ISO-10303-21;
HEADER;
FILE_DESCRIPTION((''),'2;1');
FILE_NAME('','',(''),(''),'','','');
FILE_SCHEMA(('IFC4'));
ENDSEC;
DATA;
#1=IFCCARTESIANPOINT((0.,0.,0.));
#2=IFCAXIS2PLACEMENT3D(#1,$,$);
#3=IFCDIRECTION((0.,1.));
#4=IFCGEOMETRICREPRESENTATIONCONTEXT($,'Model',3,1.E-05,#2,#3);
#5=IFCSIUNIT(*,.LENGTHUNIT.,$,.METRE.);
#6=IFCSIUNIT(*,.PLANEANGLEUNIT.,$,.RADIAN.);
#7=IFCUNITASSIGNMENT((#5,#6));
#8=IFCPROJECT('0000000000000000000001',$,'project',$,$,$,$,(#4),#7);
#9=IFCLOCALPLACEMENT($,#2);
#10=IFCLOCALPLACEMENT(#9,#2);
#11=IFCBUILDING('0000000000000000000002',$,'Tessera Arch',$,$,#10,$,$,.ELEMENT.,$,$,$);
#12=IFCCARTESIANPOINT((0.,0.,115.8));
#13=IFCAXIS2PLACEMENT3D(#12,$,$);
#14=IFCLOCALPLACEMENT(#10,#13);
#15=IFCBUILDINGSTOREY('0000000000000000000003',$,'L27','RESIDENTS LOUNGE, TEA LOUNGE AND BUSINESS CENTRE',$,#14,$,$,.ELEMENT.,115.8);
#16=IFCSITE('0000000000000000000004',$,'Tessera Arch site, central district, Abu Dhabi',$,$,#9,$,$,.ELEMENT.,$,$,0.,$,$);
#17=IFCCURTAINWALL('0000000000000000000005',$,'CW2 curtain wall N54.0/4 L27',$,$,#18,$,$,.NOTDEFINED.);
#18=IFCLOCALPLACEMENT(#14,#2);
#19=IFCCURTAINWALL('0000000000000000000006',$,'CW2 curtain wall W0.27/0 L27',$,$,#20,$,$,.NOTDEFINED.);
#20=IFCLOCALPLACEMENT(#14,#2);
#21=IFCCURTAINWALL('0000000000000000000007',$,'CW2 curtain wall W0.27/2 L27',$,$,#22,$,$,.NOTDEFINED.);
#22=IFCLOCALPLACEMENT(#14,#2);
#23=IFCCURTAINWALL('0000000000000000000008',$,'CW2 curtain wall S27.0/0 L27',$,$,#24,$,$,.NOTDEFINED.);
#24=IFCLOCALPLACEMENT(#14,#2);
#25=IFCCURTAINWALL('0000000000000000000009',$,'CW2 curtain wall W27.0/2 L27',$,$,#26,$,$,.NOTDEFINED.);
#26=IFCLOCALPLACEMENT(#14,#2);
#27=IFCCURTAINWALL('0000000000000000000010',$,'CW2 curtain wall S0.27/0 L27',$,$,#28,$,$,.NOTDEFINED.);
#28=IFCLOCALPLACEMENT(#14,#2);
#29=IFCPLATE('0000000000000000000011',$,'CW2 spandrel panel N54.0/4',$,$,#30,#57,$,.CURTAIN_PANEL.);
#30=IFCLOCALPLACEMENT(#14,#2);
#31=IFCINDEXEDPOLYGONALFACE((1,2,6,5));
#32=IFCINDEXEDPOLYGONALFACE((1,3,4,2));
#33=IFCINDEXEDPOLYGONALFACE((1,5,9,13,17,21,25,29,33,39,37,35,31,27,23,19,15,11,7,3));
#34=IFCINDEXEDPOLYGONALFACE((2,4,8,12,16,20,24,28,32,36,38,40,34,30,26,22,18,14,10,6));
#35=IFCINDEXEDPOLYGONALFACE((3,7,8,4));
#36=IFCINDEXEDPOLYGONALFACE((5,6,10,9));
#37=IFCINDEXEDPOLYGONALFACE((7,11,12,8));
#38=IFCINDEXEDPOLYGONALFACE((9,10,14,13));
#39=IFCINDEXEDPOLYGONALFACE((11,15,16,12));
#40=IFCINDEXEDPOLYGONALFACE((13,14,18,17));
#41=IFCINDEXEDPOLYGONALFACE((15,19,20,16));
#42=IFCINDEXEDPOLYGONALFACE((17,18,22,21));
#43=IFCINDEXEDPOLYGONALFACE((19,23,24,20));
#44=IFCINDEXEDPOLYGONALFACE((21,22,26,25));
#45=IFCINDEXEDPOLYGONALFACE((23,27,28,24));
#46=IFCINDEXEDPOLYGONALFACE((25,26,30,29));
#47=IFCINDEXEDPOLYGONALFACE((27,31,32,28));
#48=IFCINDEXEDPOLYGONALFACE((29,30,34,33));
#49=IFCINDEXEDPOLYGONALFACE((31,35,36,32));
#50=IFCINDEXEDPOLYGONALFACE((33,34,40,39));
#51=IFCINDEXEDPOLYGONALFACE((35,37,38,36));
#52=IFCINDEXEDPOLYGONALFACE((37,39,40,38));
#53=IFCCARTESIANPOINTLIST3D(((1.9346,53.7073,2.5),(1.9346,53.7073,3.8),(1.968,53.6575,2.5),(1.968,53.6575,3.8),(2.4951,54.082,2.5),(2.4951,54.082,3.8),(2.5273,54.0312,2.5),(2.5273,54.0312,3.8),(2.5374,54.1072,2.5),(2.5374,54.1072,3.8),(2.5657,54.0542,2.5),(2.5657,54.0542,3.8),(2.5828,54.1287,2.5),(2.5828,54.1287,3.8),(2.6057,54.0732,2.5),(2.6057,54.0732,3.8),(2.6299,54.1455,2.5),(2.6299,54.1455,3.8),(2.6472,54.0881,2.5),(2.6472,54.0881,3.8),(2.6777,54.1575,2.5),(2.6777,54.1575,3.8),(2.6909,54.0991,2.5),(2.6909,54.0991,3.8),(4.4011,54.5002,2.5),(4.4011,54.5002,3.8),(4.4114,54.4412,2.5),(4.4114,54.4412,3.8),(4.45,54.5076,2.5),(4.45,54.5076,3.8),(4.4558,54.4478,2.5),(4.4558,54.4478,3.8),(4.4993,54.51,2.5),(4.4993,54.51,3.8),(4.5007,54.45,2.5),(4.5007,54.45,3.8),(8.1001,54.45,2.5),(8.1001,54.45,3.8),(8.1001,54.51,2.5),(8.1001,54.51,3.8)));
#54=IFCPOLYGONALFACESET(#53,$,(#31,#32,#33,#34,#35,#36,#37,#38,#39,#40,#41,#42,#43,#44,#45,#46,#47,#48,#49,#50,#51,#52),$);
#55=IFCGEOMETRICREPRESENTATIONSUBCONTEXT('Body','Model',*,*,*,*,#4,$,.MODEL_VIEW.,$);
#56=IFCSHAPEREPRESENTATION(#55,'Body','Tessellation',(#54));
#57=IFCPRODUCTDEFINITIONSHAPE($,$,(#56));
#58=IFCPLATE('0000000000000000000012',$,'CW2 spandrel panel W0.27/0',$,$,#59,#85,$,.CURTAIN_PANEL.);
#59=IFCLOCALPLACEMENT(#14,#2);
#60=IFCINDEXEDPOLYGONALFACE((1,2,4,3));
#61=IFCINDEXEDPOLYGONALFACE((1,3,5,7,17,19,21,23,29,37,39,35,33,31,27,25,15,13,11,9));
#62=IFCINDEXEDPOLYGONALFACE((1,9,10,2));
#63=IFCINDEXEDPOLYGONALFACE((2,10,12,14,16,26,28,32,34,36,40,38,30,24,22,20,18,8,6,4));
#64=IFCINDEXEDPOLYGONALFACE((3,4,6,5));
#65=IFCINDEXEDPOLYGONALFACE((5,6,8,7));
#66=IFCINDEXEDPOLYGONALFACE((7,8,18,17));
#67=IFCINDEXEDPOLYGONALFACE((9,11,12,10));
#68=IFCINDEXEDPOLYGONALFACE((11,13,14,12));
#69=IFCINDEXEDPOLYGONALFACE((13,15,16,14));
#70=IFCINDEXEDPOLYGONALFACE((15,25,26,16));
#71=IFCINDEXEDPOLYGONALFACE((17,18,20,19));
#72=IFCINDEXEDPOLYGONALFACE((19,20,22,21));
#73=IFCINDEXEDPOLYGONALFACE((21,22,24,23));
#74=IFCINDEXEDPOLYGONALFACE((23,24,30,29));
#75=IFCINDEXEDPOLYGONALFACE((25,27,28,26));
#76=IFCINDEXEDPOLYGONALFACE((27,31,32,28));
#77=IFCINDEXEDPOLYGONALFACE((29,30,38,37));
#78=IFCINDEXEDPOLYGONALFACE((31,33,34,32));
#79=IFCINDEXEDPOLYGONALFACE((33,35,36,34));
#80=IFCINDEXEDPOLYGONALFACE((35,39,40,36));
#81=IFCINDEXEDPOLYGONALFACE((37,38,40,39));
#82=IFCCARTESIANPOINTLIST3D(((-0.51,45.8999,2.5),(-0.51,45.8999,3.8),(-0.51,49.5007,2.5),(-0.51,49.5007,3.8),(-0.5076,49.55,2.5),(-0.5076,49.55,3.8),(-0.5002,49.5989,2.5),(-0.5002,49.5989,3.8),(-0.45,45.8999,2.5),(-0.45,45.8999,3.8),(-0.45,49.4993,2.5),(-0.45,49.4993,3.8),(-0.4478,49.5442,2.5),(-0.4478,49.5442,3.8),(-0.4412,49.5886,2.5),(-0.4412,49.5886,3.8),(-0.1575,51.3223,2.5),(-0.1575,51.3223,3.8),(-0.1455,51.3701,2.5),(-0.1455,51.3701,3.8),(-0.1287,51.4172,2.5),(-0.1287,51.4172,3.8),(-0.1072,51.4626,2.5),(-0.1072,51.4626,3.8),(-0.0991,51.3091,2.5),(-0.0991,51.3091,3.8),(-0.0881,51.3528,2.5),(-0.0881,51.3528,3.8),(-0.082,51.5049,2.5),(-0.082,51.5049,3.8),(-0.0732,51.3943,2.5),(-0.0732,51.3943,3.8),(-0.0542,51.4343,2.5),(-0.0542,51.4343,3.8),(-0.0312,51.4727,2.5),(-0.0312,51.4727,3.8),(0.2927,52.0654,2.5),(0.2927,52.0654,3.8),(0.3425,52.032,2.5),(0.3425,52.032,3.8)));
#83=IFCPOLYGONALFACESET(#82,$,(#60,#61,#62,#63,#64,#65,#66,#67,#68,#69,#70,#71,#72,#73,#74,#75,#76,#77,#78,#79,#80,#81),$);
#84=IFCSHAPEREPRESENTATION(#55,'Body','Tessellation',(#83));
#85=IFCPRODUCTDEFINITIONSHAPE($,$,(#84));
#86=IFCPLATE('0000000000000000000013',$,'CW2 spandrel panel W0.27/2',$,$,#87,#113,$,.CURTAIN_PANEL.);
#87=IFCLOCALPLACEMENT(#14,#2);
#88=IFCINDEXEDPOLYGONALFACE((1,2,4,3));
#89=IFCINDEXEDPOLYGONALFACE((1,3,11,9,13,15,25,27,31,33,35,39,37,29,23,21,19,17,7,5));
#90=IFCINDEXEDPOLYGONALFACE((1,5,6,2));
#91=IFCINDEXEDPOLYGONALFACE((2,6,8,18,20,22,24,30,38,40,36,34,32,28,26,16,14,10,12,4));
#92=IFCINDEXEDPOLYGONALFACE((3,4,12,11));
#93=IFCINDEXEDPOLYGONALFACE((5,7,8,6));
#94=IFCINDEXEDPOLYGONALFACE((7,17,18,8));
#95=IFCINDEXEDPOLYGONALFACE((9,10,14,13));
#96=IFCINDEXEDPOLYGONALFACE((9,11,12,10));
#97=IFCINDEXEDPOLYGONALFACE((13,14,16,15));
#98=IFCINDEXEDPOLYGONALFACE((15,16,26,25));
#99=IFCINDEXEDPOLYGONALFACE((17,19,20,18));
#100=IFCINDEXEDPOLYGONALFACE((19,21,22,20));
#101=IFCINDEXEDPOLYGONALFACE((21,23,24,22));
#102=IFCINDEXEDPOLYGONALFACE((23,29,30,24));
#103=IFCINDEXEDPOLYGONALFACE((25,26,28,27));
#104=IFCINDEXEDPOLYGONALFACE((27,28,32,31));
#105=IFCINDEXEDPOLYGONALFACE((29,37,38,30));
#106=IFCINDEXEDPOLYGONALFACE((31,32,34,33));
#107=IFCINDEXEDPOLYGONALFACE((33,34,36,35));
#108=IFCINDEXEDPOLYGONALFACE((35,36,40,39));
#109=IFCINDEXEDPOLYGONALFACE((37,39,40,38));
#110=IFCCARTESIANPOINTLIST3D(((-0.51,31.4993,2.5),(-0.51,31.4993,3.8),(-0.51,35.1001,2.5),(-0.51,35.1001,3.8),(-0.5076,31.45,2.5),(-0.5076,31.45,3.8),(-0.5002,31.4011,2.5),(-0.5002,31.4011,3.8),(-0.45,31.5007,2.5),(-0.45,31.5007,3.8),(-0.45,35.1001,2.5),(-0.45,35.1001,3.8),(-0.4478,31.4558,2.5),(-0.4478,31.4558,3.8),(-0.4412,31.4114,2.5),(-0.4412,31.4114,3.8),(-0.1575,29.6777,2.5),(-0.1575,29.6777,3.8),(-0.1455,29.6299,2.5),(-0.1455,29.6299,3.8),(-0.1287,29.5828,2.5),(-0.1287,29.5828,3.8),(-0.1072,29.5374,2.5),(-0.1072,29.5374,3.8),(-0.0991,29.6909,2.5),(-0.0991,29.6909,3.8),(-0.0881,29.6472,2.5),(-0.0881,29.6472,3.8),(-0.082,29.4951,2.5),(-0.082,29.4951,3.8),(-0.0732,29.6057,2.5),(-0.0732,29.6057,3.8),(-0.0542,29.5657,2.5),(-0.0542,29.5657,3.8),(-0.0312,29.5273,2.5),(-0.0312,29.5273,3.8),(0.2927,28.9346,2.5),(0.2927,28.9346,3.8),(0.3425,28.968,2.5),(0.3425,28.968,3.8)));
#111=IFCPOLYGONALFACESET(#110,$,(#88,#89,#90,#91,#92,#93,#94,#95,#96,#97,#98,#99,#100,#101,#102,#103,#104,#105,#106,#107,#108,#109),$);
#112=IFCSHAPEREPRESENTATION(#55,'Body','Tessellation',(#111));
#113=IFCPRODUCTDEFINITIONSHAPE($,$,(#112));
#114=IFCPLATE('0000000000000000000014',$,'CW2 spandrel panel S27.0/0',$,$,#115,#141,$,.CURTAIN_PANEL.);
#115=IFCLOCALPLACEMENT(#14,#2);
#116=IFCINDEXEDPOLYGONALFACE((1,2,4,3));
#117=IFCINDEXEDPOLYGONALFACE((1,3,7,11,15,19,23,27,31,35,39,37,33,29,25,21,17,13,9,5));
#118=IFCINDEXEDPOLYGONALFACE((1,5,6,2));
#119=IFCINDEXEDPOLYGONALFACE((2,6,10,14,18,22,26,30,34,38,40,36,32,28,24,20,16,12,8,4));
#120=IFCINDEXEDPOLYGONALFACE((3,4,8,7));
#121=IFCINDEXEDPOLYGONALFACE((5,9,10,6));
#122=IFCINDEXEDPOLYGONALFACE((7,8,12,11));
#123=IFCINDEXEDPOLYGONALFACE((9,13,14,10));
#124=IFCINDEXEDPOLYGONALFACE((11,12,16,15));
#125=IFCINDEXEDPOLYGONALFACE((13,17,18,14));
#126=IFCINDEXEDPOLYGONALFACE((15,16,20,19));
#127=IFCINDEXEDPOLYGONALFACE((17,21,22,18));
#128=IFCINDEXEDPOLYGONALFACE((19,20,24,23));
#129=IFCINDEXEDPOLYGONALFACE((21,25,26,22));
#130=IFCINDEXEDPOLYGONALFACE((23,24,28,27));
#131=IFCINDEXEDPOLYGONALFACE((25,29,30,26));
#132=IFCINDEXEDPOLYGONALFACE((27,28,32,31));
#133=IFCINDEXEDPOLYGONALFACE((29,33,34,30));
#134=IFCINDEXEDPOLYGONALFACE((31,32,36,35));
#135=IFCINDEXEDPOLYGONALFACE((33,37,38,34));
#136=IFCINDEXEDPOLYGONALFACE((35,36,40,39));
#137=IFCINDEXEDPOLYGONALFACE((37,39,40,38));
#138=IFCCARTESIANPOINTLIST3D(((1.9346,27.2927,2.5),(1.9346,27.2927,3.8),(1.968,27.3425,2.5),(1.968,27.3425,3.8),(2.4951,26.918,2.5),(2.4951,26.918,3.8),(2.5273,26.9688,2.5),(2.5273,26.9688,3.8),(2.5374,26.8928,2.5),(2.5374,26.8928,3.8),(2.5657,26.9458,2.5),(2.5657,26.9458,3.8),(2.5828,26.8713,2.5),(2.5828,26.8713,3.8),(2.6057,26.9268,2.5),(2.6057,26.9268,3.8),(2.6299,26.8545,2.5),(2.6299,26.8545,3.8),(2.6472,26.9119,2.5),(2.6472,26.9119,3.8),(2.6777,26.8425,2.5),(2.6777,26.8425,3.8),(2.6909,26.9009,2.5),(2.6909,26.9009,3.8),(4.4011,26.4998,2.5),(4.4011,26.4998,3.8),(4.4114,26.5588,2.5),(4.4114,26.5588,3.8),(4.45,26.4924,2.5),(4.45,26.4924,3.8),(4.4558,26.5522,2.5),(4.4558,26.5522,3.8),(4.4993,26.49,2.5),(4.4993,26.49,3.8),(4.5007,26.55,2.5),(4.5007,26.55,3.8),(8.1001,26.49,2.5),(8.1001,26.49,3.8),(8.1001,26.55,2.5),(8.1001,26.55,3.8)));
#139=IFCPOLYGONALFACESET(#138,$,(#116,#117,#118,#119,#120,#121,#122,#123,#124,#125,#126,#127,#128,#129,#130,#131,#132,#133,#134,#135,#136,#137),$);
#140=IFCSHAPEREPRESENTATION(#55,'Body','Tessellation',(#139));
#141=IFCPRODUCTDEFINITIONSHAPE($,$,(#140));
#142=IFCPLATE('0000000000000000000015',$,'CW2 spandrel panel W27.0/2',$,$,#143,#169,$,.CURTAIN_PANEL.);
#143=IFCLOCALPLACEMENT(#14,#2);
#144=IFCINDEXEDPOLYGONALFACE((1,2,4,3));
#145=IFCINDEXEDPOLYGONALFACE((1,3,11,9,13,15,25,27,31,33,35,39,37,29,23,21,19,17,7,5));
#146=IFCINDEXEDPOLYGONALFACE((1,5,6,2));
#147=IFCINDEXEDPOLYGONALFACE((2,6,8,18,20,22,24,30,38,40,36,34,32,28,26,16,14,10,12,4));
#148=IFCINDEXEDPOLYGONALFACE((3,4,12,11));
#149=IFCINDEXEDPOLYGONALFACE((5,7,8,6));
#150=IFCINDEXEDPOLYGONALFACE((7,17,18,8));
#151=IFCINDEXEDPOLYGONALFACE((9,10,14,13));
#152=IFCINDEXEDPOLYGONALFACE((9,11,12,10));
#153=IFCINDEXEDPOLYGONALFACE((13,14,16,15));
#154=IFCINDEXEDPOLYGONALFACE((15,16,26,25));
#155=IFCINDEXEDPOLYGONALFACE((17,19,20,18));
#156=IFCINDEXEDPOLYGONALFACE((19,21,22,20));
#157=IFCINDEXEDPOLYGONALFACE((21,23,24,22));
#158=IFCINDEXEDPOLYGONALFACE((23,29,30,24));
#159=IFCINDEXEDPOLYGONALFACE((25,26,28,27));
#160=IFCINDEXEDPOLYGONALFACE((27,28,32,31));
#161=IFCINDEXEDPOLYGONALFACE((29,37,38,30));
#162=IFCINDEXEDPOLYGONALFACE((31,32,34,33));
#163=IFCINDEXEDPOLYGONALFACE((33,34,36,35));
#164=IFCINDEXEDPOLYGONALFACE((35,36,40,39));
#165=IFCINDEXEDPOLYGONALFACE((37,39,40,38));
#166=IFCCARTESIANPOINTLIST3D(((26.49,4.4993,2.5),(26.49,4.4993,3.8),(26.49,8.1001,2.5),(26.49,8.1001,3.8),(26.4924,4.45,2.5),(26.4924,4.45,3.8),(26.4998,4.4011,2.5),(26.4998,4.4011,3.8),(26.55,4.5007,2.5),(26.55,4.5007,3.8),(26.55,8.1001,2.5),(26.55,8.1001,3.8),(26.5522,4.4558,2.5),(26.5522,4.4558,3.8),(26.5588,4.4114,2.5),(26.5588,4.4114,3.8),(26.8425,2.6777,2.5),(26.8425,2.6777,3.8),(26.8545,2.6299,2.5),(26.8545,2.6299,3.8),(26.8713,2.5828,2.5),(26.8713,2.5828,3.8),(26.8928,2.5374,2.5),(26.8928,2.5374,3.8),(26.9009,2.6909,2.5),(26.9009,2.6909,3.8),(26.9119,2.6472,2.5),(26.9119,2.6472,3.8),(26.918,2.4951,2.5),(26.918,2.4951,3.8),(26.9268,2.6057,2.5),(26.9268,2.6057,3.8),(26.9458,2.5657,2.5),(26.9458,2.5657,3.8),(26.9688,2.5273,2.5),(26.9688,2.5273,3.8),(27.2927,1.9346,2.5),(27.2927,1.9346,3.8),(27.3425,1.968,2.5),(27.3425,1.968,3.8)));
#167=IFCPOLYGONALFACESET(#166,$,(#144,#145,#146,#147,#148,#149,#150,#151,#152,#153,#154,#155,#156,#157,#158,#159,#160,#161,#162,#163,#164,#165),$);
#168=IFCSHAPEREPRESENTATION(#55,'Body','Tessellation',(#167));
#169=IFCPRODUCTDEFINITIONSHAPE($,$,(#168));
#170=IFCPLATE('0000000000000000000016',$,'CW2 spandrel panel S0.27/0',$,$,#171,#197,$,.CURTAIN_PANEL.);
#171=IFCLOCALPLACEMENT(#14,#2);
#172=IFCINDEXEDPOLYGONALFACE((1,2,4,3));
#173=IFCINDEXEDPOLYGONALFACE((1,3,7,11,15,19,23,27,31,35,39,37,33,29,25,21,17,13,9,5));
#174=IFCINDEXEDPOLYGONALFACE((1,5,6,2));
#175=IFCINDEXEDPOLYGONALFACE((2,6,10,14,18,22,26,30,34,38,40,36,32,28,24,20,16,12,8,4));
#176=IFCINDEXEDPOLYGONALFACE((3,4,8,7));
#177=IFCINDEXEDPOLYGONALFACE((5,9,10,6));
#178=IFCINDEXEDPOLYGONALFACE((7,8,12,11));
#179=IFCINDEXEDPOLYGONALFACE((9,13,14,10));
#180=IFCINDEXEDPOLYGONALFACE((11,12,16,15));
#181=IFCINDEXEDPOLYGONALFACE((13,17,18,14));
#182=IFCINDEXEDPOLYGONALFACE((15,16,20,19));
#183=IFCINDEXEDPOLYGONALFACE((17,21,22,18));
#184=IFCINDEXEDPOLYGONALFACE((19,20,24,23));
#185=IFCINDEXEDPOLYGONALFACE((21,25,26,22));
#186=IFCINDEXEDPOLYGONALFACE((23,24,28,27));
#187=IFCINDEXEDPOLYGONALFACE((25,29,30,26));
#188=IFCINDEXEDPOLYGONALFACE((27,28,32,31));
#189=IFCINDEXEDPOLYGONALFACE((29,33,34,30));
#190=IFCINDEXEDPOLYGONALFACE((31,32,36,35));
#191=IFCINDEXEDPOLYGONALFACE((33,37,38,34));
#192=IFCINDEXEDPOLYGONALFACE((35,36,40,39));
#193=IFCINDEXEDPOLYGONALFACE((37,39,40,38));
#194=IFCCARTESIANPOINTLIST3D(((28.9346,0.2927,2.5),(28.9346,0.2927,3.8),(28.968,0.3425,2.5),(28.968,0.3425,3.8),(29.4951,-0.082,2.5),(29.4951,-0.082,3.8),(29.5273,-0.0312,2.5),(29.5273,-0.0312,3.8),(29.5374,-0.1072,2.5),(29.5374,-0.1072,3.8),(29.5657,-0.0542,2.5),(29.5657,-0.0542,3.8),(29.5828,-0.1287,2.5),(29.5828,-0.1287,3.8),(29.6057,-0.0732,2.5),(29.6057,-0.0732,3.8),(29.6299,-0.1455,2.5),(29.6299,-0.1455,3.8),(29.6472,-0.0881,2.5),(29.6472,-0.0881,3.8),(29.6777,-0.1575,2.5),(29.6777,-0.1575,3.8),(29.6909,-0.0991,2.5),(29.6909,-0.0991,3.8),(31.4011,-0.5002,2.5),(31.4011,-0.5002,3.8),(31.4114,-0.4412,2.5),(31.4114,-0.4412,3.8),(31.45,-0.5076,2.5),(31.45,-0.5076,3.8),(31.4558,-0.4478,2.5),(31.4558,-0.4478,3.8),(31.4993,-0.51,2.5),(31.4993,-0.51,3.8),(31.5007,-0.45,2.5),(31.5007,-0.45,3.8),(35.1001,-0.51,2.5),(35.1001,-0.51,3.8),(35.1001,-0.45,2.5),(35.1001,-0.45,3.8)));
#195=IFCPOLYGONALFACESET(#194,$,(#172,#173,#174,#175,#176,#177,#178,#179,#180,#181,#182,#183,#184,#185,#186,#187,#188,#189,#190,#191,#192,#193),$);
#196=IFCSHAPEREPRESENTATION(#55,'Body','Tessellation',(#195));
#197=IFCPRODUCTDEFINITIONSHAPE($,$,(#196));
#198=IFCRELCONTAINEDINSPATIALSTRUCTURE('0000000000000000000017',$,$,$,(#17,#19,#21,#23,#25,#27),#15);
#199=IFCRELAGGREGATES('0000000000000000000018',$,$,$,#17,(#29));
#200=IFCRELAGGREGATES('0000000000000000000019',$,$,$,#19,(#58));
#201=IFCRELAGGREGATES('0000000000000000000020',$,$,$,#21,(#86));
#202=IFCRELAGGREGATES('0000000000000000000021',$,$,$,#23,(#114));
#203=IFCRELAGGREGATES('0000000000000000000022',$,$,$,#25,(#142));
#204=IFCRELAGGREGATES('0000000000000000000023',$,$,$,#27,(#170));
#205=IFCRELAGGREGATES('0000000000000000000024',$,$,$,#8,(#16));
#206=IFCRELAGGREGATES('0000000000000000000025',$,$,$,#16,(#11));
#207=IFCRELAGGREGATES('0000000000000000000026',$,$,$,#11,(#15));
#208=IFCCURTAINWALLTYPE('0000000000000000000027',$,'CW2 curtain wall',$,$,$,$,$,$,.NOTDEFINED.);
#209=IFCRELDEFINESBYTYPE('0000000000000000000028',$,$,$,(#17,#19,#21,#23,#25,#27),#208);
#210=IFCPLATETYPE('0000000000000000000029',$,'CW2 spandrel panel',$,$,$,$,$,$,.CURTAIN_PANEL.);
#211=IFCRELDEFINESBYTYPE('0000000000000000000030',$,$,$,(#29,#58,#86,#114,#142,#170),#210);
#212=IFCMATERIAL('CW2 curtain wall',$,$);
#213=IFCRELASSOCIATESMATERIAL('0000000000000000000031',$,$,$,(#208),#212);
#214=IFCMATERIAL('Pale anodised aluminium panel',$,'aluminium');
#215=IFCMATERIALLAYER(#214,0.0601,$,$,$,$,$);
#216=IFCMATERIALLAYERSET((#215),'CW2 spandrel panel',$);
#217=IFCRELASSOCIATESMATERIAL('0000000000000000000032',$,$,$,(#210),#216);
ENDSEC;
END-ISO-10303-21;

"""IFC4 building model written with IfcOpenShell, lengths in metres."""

from ifc_helpers import new_model, si_unit, direction, frame, origin, place, context, subcontext, project, spatial, polyline, outline, extrude, material, layer, layer_set, type_object, element, aggregate, save


model = new_model("IFC4")

# Units and contexts
model_context = context("Model", 3, precision=1e-05, world=origin(), true_north=direction((0.0, 1.0)))
body_context = subcontext(model_context, "Body", "Model", "MODEL_VIEW")
ifc_project = project(units=[si_unit("LENGTHUNIT", "METRE"), si_unit("PLANEANGLEUNIT", "RADIAN")], contexts=[model_context])

# Site, building, storey
site_placement = place(None, origin())
site = spatial("IfcSite", under=ifc_project, at=site_placement, Name="Tessera Arch site, central district, Abu Dhabi", CompositionType="ELEMENT", RefElevation=0.0)
building_placement = place(site_placement, origin())
building = spatial("IfcBuilding", under=site, at=building_placement, Name="Tessera Arch", CompositionType="ELEMENT")
storey_placement = place(building_placement, frame((0.0, 0.0, 115.8)))
storey = spatial("IfcBuildingStorey", under=building, at=storey_placement, Name="L27", Description="RESIDENTS LOUNGE, TEA LOUNGE AND BUSINESS CENTRE", CompositionType="ELEMENT", Elevation=115.8)

# Curtain walls
ifc_material_1 = material(Name="CW2 curtain wall")
curtain_wall_type = type_object("IfcCurtainWallType", Name="CW2 curtain wall", PredefinedType="NOTDEFINED", material=ifc_material_1)
curtain_wall_1_placement = place(storey_placement, origin())
curtain_wall_1 = element("IfcCurtainWall", 1, at=curtain_wall_1_placement, inside=storey, type_object=curtain_wall_type, Name="CW2 curtain wall N54.0/4 L27", PredefinedType="NOTDEFINED")
curtain_wall_2_placement = place(storey_placement, origin())
curtain_wall_2 = element("IfcCurtainWall", 2, at=curtain_wall_2_placement, inside=storey, type_object=curtain_wall_type, Name="CW2 curtain wall W0.27/0 L27", PredefinedType="NOTDEFINED")
curtain_wall_3_placement = place(storey_placement, origin())
curtain_wall_3 = element("IfcCurtainWall", 3, at=curtain_wall_3_placement, inside=storey, type_object=curtain_wall_type, Name="CW2 curtain wall W0.27/2 L27", PredefinedType="NOTDEFINED")
curtain_wall_4_placement = place(storey_placement, origin())
curtain_wall_4 = element("IfcCurtainWall", 4, at=curtain_wall_4_placement, inside=storey, type_object=curtain_wall_type, Name="CW2 curtain wall S27.0/0 L27", PredefinedType="NOTDEFINED")
curtain_wall_5_placement = place(storey_placement, origin())
curtain_wall_5 = element("IfcCurtainWall", 5, at=curtain_wall_5_placement, inside=storey, type_object=curtain_wall_type, Name="CW2 curtain wall W27.0/2 L27", PredefinedType="NOTDEFINED")
curtain_wall_6_placement = place(storey_placement, origin())
curtain_wall_6 = element("IfcCurtainWall", 6, at=curtain_wall_6_placement, inside=storey, type_object=curtain_wall_type, Name="CW2 curtain wall S0.27/0 L27", PredefinedType="NOTDEFINED")

# Plates
ifc_material_2 = material(Name="Pale anodised aluminium panel", Category="aluminium")
ifc_layer_1 = layer(ifc_material_2, 0.0601)
ifc_layer_set_1 = layer_set([ifc_layer_1], Name="CW2 spandrel panel")
plate_type = type_object("IfcPlateType", Name="CW2 spandrel panel", PredefinedType="CURTAIN_PANEL", material=ifc_layer_set_1)
plate_1_placement = place(storey_placement, frame((0.0, 0.0, 2.5)))
plate_1 = element("IfcPlate", 7, at=plate_1_placement, type_object=plate_type, Name="CW2 spandrel panel N54.0/4", PredefinedType="CURTAIN_PANEL", context=body_context, shape_type="SweptSolid", body=[
    extrude(outline(polyline([(4.5007, 54.45), (8.1001, 54.45), (8.1001, 54.51), (4.4993, 54.51), (4.45, 54.5076), (4.4011, 54.5002), (2.6777, 54.1575), (2.6299, 54.1455), (2.5828, 54.1287), (2.5374, 54.1072), (2.4951, 54.082), (1.9346, 53.7073), (1.968, 53.6575), (2.5273, 54.0312), (2.5657, 54.0542), (2.6057, 54.0732), (2.6472, 54.0881), (2.6909, 54.0991), (4.4114, 54.4412), (4.4558, 54.4478), (4.5007, 54.45)])), origin(), (0.0, 0.0, 1.0), 1.3),
])
aggregate(curtain_wall_1, [plate_1])
plate_2_placement = place(storey_placement, frame((0.0, 0.0, 2.5)))
plate_2 = element("IfcPlate", 8, at=plate_2_placement, type_object=plate_type, Name="CW2 spandrel panel W0.27/0", PredefinedType="CURTAIN_PANEL", context=body_context, shape_type="SweptSolid", body=[
    extrude(outline(polyline([(-0.0312, 51.4727), (0.3425, 52.032), (0.2927, 52.0654), (-0.082, 51.5049), (-0.1072, 51.4626), (-0.1287, 51.4172), (-0.1455, 51.3701), (-0.1575, 51.3223), (-0.5002, 49.5989), (-0.5076, 49.55), (-0.51, 49.5007), (-0.51, 45.8999), (-0.45, 45.8999), (-0.45, 49.4993), (-0.4478, 49.5442), (-0.4412, 49.5886), (-0.0991, 51.3091), (-0.0881, 51.3528), (-0.0732, 51.3943), (-0.0542, 51.4343), (-0.0312, 51.4727)])), origin(), (0.0, 0.0, 1.0), 1.3),
])
aggregate(curtain_wall_2, [plate_2])
plate_3_placement = place(storey_placement, frame((0.0, 0.0, 2.5)))
plate_3 = element("IfcPlate", 9, at=plate_3_placement, type_object=plate_type, Name="CW2 spandrel panel W0.27/2", PredefinedType="CURTAIN_PANEL", context=body_context, shape_type="SweptSolid", body=[
    extrude(outline(polyline([(-0.45, 31.5007), (-0.45, 35.1001), (-0.51, 35.1001), (-0.51, 31.4993), (-0.5076, 31.45), (-0.5002, 31.4011), (-0.1575, 29.6777), (-0.1455, 29.6299), (-0.1287, 29.5828), (-0.1072, 29.5374), (-0.082, 29.4951), (0.2927, 28.9346), (0.3425, 28.968), (-0.0312, 29.5273), (-0.0542, 29.5657), (-0.0732, 29.6057), (-0.0881, 29.6472), (-0.0991, 29.6909), (-0.4412, 31.4114), (-0.4478, 31.4558), (-0.45, 31.5007)])), origin(), (0.0, 0.0, 1.0), 1.3),
])
aggregate(curtain_wall_3, [plate_3])
plate_4_placement = place(storey_placement, frame((0.0, 0.0, 2.5)))
plate_4 = element("IfcPlate", 10, at=plate_4_placement, type_object=plate_type, Name="CW2 spandrel panel S27.0/0", PredefinedType="CURTAIN_PANEL", context=body_context, shape_type="SweptSolid", body=[
    extrude(outline(polyline([(2.5273, 26.9688), (1.968, 27.3425), (1.9346, 27.2927), (2.4951, 26.918), (2.5374, 26.8928), (2.5828, 26.8713), (2.6299, 26.8545), (2.6777, 26.8425), (4.4011, 26.4998), (4.45, 26.4924), (4.4993, 26.49), (8.1001, 26.49), (8.1001, 26.55), (4.5007, 26.55), (4.4558, 26.5522), (4.4114, 26.5588), (2.6909, 26.9009), (2.6472, 26.9119), (2.6057, 26.9268), (2.5657, 26.9458), (2.5273, 26.9688)])), origin(), (0.0, 0.0, 1.0), 1.3),
])
aggregate(curtain_wall_4, [plate_4])
plate_5_placement = place(storey_placement, frame((0.0, 0.0, 2.5)))
plate_5 = element("IfcPlate", 11, at=plate_5_placement, type_object=plate_type, Name="CW2 spandrel panel W27.0/2", PredefinedType="CURTAIN_PANEL", context=body_context, shape_type="SweptSolid", body=[
    extrude(outline(polyline([(26.55, 4.5007), (26.55, 8.1001), (26.49, 8.1001), (26.49, 4.4993), (26.4924, 4.45), (26.4998, 4.4011), (26.8425, 2.6777), (26.8545, 2.6299), (26.8713, 2.5828), (26.8928, 2.5374), (26.918, 2.4951), (27.2927, 1.9346), (27.3425, 1.968), (26.9688, 2.5273), (26.9458, 2.5657), (26.9268, 2.6057), (26.9119, 2.6472), (26.9009, 2.6909), (26.5588, 4.4114), (26.5522, 4.4558), (26.55, 4.5007)])), origin(), (0.0, 0.0, 1.0), 1.3),
])
aggregate(curtain_wall_5, [plate_5])
plate_6_placement = place(storey_placement, frame((0.0, 0.0, 2.5)))
plate_6 = element("IfcPlate", 12, at=plate_6_placement, type_object=plate_type, Name="CW2 spandrel panel S0.27/0", PredefinedType="CURTAIN_PANEL", context=body_context, shape_type="SweptSolid", body=[
    extrude(outline(polyline([(29.5273, -0.0312), (28.968, 0.3425), (28.9346, 0.2927), (29.4951, -0.082), (29.5374, -0.1072), (29.5828, -0.1287), (29.6299, -0.1455), (29.6777, -0.1575), (31.4011, -0.5002), (31.45, -0.5076), (31.4993, -0.51), (35.1001, -0.51), (35.1001, -0.45), (31.5007, -0.45), (31.4558, -0.4478), (31.4114, -0.4412), (29.6909, -0.0991), (29.6472, -0.0881), (29.6057, -0.0732), (29.5657, -0.0542), (29.5273, -0.0312)])), origin(), (0.0, 0.0, 1.0), 1.3),
])
aggregate(curtain_wall_6, [plate_6])

save(model, "model.ifc")
